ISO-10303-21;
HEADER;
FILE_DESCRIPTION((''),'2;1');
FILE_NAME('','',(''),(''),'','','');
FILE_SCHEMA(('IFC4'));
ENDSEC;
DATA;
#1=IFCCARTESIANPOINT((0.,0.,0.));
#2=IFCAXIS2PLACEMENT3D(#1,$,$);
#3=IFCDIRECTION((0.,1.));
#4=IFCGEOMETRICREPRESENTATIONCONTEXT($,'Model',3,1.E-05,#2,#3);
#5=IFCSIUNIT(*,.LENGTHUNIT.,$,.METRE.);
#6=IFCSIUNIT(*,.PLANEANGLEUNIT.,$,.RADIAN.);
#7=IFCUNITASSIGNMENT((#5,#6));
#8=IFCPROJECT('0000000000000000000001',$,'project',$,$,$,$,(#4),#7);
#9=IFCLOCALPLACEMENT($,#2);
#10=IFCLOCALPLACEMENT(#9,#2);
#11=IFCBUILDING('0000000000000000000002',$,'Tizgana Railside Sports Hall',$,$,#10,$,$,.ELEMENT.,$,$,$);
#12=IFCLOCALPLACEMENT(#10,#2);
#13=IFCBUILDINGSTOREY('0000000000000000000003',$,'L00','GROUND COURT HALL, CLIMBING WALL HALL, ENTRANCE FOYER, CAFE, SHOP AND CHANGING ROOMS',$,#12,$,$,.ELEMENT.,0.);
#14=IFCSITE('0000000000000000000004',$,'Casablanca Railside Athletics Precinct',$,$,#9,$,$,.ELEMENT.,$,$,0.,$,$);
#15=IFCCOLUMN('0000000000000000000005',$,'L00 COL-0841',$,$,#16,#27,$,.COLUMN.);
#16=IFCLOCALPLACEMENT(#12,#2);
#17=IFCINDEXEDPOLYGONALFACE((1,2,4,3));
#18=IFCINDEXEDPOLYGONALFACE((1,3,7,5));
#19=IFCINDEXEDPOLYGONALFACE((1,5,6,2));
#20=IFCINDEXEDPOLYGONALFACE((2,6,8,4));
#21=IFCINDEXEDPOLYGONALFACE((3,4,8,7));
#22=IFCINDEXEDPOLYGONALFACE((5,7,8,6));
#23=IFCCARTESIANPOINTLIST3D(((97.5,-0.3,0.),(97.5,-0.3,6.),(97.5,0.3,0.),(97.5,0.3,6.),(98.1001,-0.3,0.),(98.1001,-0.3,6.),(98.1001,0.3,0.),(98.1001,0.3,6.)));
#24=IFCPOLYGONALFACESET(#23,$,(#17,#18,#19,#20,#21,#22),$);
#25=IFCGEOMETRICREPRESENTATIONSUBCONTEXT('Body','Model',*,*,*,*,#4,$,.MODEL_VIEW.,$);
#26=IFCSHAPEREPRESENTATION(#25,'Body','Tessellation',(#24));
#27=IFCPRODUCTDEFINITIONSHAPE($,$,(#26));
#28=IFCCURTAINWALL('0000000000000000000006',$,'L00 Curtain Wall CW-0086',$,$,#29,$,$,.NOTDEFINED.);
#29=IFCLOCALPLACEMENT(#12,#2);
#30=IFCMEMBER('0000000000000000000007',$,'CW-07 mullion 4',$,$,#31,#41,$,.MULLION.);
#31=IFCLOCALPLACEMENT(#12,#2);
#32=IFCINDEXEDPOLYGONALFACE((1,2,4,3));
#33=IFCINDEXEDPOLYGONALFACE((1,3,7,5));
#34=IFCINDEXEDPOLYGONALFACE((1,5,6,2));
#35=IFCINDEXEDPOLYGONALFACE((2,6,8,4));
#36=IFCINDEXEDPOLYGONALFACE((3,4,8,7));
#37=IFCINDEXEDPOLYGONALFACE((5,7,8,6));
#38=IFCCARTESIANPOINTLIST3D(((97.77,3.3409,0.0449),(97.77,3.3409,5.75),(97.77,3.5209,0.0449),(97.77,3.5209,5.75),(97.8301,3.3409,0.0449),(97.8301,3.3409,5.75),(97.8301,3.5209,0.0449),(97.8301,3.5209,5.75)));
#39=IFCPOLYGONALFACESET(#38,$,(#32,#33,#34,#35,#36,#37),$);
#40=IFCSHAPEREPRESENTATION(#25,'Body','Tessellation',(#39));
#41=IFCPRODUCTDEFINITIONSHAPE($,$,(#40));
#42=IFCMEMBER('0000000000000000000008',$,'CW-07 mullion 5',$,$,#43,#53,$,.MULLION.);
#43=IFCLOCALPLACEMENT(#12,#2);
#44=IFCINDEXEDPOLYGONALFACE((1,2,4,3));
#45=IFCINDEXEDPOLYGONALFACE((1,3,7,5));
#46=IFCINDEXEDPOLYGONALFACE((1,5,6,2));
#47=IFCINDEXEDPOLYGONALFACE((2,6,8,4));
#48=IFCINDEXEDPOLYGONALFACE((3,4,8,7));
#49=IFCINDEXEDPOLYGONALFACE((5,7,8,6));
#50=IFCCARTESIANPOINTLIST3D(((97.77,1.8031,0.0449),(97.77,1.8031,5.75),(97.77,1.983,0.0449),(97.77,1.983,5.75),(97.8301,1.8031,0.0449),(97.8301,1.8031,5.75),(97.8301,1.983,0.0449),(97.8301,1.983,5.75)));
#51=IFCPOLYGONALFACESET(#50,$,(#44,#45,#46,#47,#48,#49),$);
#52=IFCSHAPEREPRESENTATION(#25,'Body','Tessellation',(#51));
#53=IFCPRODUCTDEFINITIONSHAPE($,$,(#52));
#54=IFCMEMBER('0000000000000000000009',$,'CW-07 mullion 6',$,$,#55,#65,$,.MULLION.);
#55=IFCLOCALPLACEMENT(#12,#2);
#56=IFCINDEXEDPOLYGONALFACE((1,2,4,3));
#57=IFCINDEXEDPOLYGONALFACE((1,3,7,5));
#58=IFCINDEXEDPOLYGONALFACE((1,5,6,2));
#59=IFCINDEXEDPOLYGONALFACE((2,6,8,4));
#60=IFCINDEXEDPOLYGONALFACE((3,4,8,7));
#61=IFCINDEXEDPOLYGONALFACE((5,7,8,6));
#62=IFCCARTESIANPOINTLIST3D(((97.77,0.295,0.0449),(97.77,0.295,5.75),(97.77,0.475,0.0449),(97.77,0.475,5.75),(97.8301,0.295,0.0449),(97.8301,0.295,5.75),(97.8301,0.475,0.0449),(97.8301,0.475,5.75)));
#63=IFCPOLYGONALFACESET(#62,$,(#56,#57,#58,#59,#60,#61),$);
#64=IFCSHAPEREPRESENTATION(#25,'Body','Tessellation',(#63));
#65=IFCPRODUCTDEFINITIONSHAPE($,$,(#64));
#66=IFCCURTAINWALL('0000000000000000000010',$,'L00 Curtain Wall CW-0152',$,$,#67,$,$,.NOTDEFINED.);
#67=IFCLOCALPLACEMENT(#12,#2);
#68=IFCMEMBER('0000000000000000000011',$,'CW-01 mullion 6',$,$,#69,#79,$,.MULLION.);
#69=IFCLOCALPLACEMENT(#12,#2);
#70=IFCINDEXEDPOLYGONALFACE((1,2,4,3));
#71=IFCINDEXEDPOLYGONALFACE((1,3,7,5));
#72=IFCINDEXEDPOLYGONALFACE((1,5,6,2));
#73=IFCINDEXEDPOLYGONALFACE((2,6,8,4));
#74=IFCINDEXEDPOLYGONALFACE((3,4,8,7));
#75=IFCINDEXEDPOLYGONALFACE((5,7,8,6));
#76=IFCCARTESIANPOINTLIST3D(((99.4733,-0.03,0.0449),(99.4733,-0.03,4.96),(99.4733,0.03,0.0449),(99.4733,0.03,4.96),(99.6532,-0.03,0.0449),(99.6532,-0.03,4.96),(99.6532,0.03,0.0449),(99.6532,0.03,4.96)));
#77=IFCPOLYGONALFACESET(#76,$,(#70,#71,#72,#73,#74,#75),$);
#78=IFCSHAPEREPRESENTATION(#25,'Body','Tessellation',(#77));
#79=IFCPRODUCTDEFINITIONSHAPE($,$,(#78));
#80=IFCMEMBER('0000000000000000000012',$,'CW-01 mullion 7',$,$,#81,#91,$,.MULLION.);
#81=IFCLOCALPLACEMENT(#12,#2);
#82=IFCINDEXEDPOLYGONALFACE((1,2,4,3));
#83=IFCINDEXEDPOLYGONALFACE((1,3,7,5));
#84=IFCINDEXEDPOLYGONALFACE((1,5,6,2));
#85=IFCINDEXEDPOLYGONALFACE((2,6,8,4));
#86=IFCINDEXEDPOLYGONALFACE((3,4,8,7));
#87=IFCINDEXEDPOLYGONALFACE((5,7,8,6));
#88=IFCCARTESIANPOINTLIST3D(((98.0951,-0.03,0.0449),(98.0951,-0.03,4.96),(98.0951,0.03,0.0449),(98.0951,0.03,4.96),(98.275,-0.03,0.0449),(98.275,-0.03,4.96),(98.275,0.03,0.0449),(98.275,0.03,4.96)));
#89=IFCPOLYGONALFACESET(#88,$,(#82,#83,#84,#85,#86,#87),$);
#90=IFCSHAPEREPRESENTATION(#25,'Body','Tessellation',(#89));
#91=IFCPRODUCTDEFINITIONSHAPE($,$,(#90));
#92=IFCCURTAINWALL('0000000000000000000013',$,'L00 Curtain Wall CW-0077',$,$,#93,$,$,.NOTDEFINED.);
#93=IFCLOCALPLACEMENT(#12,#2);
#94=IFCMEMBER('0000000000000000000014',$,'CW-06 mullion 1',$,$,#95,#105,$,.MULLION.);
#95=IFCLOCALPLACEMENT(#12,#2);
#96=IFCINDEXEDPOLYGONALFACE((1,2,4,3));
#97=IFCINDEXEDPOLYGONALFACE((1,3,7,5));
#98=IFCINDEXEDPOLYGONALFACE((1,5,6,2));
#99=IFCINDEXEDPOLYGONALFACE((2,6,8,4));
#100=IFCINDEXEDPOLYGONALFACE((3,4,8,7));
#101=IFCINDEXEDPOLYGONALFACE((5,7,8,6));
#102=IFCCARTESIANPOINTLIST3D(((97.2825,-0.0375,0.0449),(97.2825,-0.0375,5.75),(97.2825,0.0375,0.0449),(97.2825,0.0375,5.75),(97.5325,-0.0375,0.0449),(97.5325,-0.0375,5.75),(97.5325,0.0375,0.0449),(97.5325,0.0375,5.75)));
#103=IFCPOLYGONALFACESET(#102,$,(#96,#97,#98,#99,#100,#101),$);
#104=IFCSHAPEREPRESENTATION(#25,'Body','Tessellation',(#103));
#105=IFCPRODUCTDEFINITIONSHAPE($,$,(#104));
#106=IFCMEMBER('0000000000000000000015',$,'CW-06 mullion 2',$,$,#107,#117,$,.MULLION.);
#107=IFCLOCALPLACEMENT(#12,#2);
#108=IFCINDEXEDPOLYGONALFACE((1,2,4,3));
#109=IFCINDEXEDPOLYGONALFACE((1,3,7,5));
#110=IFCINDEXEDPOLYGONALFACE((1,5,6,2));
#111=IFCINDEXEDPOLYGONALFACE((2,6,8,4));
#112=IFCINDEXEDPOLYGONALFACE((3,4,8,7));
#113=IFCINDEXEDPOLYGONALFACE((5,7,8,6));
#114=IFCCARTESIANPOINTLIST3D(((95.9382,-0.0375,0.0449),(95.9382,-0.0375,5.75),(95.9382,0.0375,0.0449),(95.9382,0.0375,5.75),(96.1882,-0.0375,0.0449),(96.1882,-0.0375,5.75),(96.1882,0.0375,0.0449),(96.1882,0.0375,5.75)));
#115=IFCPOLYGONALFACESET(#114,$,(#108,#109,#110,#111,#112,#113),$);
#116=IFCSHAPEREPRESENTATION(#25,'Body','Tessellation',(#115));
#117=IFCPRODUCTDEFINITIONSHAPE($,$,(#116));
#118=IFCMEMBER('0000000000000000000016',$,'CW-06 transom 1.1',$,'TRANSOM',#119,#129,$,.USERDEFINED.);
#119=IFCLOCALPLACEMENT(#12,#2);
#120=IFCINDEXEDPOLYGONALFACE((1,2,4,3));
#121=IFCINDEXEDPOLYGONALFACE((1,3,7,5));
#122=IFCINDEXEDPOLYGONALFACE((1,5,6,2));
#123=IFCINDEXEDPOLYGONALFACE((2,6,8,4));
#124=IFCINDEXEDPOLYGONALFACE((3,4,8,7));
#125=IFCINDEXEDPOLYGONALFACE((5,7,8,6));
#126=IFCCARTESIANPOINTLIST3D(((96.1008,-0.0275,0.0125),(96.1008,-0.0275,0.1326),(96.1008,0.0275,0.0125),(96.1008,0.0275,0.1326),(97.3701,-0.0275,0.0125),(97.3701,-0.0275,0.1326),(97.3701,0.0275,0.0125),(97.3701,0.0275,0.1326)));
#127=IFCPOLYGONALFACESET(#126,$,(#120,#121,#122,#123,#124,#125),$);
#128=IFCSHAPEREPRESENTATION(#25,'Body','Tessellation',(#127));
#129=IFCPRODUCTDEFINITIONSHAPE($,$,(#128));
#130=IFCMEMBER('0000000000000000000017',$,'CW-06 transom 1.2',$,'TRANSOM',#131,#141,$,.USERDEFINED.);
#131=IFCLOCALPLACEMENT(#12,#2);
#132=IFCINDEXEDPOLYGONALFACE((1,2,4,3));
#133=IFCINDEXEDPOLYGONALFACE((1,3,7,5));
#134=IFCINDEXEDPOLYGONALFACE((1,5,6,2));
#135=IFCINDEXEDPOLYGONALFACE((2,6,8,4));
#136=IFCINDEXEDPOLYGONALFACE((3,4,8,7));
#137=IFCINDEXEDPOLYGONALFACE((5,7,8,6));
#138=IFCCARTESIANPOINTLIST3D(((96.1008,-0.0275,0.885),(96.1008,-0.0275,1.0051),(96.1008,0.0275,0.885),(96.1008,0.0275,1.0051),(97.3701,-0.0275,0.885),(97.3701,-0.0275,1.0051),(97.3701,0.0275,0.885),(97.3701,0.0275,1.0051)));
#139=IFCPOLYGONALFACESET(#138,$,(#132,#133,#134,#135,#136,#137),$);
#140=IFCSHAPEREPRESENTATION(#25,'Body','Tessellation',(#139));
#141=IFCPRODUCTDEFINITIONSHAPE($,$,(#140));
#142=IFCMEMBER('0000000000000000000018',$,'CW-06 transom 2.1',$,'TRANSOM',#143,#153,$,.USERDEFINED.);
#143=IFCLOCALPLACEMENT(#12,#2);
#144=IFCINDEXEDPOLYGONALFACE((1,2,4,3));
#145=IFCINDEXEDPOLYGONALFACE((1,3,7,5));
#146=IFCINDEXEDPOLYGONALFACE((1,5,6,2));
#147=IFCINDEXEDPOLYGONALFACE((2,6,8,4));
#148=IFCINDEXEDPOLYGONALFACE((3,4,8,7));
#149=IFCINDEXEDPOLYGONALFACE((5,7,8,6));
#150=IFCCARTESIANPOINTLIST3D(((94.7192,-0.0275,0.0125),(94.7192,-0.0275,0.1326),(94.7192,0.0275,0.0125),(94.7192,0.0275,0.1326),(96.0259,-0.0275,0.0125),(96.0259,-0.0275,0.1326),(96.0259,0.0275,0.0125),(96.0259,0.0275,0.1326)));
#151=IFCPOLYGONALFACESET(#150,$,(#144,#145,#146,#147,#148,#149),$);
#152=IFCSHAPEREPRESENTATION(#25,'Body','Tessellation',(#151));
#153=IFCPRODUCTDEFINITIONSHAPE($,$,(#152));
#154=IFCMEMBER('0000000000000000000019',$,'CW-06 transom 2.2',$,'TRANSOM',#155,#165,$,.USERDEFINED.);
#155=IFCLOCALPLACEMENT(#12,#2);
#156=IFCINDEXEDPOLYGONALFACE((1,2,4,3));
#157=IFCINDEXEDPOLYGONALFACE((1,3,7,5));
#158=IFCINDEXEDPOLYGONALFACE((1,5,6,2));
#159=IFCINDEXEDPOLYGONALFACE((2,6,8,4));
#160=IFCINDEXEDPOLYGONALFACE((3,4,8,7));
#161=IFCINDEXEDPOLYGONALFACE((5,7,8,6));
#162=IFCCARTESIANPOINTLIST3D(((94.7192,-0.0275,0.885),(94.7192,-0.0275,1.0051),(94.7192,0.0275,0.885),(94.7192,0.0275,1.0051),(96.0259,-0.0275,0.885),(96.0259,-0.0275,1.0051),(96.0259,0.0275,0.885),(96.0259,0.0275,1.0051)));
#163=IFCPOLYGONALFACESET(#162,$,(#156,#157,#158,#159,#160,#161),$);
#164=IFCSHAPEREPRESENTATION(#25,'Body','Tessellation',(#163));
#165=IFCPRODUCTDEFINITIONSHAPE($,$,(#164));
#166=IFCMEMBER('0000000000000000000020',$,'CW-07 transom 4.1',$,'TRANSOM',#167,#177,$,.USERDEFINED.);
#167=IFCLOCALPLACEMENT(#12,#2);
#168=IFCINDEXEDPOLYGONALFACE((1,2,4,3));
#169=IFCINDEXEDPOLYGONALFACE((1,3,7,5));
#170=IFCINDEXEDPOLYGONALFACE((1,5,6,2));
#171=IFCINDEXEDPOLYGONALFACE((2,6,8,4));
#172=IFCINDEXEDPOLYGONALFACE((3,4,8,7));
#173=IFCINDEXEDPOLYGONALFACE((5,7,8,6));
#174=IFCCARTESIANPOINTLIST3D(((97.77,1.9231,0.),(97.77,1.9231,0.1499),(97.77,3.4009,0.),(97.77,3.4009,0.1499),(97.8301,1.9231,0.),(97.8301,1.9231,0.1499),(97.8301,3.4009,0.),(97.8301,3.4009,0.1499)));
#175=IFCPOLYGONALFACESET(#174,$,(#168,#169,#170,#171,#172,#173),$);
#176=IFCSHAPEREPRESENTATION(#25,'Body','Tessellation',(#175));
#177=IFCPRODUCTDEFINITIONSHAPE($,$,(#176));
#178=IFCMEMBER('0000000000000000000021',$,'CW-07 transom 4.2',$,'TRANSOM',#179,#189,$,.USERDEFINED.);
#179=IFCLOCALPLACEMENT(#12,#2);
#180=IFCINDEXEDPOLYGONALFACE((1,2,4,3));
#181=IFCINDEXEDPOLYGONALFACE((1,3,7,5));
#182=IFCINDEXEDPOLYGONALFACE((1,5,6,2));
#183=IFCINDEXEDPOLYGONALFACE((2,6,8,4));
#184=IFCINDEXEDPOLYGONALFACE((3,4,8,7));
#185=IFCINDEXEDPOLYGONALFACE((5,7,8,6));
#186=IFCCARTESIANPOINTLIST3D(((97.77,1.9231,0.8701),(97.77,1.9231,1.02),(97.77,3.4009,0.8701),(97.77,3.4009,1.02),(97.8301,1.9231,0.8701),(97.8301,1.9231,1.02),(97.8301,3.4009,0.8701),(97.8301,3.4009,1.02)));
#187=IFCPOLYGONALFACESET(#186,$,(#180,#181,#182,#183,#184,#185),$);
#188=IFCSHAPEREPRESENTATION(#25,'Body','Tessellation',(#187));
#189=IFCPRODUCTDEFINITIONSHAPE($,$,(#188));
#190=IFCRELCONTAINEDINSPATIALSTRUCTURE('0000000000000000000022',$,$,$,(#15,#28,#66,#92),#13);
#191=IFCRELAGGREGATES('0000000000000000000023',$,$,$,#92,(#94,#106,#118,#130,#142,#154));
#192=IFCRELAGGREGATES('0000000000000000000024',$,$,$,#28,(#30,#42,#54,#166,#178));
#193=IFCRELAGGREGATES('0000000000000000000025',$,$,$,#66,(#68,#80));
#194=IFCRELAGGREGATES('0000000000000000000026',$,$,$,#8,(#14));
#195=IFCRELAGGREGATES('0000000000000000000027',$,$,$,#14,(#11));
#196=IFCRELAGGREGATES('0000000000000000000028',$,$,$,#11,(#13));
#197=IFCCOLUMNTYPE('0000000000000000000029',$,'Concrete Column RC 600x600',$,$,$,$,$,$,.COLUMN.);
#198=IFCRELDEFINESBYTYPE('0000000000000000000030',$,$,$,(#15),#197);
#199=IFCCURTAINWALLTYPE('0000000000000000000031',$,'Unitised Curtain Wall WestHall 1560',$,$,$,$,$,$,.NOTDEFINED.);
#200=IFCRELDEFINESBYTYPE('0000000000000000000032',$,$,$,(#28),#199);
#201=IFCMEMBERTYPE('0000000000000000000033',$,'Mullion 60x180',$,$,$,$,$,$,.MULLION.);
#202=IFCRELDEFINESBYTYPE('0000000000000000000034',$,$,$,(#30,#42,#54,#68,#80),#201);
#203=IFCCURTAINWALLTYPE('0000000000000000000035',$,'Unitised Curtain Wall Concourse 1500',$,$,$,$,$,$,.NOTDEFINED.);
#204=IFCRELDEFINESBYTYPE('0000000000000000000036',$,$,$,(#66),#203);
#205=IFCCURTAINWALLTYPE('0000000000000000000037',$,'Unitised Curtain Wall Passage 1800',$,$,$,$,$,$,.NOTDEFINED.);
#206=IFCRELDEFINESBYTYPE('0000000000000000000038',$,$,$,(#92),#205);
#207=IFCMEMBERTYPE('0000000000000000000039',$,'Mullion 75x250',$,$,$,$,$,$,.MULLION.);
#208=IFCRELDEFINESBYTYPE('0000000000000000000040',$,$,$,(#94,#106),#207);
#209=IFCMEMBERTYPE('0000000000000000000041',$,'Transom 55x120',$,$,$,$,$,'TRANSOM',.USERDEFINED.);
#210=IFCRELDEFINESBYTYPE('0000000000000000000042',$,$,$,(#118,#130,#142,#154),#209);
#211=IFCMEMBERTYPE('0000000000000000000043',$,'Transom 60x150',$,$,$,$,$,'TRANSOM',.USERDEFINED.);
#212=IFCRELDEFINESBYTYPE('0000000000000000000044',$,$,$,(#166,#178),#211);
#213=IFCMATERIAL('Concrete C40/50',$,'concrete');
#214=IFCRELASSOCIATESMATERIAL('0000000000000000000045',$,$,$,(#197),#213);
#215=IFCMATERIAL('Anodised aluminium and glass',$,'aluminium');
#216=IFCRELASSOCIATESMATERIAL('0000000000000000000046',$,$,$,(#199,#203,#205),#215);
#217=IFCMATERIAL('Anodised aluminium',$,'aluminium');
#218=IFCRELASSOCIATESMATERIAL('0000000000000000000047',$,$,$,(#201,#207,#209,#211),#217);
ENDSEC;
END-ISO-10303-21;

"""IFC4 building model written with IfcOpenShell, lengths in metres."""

from ifc_helpers import new_model, si_unit, direction, frame, origin, origin_2d, place, context, subcontext, project, spatial, rectangle, extrude, material, material_profile, profile_set, type_object, element, aggregate, save


model = new_model("IFC4")

# Units and contexts
model_context = context("Model", 3, precision=1e-05, world=origin(), true_north=direction((0.0, 1.0)))
body_context = subcontext(model_context, "Body", "Model", "MODEL_VIEW")
ifc_project = project(units=[si_unit("LENGTHUNIT", "METRE"), si_unit("PLANEANGLEUNIT", "RADIAN")], contexts=[model_context])

# Site, building, storey
site_placement = place(None, origin())
site = spatial("IfcSite", under=ifc_project, at=site_placement, Name="Casablanca Railside Athletics Precinct", CompositionType="ELEMENT", RefElevation=0.0)
building_placement = place(site_placement, origin())
building = spatial("IfcBuilding", under=site, at=building_placement, Name="Tizgana Railside Sports Hall", CompositionType="ELEMENT")
storey_placement = place(building_placement, origin())
storey = spatial("IfcBuildingStorey", under=building, at=storey_placement, Name="L00", Description="GROUND COURT HALL, CLIMBING WALL HALL, ENTRANCE FOYER, CAFE, SHOP AND CHANGING ROOMS", CompositionType="ELEMENT", Elevation=0.0)

# Column
ifc_material_1 = material(Name="Concrete C40/50", Category="concrete")
ifc_material_profile_1 = material_profile(ifc_material_1, rectangle(XDim=0.6001, YDim=0.6001, at=origin_2d()), Name="RC 600x600")
ifc_profile_set_1 = profile_set([ifc_material_profile_1], Name="Concrete C40/50")
column_type = type_object("IfcColumnType", Name="Concrete Column RC 600x600", PredefinedType="COLUMN", material=ifc_profile_set_1)
column_placement = place(storey_placement, frame((97.8, 0.0, 0.0), z_axis=(0.0, 0.0, 1.0), x_axis=(1.0, 0.0, 0.0)))
element("IfcColumn", 1, at=column_placement, inside=storey, type_object=column_type, Name="L00 COL-0841", PredefinedType="COLUMN", context=body_context, shape_type="SweptSolid", body=[
    extrude(rectangle(XDim=0.6001, YDim=0.6001, at=origin_2d()), origin(), (0.0, 0.0, 1.0), 6.0),
])

# Curtain walls, members
ifc_material_2 = material(Name="Anodised aluminium and glass", Category="aluminium")
curtain_wall_type_1 = type_object("IfcCurtainWallType", Name="Unitised Curtain Wall WestHall 1560", PredefinedType="NOTDEFINED", material=ifc_material_2)
curtain_wall_1_placement = place(storey_placement, origin())
curtain_wall_1 = element("IfcCurtainWall", 2, at=curtain_wall_1_placement, inside=storey, type_object=curtain_wall_type_1, Name="L00 Curtain Wall CW-0086", PredefinedType="NOTDEFINED")
ifc_material_3 = material(Name="Anodised aluminium", Category="aluminium")
ifc_material_profile_2 = material_profile(ifc_material_3, rectangle(XDim=0.0601, YDim=0.1799, at=origin_2d()), Name="Mullion 60x180")
ifc_profile_set_2 = profile_set([ifc_material_profile_2], Name="Anodised aluminium")
member_type_1 = type_object("IfcMemberType", Name="Mullion 60x180", PredefinedType="MULLION", material=ifc_profile_set_2)
member_1_placement = place(storey_placement, frame((97.8, 3.4309, 0.0449), z_axis=(0.0, 0.0, 1.0), x_axis=(1.0, 0.0, 0.0)))
member_1 = element("IfcMember", 3, at=member_1_placement, type_object=member_type_1, Name="CW-07 mullion 4", PredefinedType="MULLION", context=body_context, shape_type="SweptSolid", body=[
    extrude(rectangle(XDim=0.0601, YDim=0.1799, at=origin_2d()), origin(), (0.0, 0.0, 1.0), 5.7051),
])
member_2_placement = place(storey_placement, frame((97.8, 1.8931, 0.0449), z_axis=(0.0, 0.0, 1.0), x_axis=(1.0, 0.0, 0.0)))
member_2 = element("IfcMember", 4, at=member_2_placement, type_object=member_type_1, Name="CW-07 mullion 5", PredefinedType="MULLION", context=body_context, shape_type="SweptSolid", body=[
    extrude(rectangle(XDim=0.0601, YDim=0.1799, at=origin_2d()), origin(), (0.0, 0.0, 1.0), 5.7051),
])
member_3_placement = place(storey_placement, frame((97.8, 0.385, 0.0449), z_axis=(0.0, 0.0, 1.0), x_axis=(1.0, 0.0, 0.0)))
member_3 = element("IfcMember", 5, at=member_3_placement, type_object=member_type_1, Name="CW-07 mullion 6", PredefinedType="MULLION", context=body_context, shape_type="SweptSolid", body=[
    extrude(rectangle(XDim=0.0601, YDim=0.1799, at=origin_2d()), origin(), (0.0, 0.0, 1.0), 5.7051),
])
curtain_wall_type_2 = type_object("IfcCurtainWallType", Name="Unitised Curtain Wall Concourse 1500", PredefinedType="NOTDEFINED", material=ifc_material_2)
curtain_wall_2_placement = place(storey_placement, origin())
curtain_wall_2 = element("IfcCurtainWall", 6, at=curtain_wall_2_placement, inside=storey, type_object=curtain_wall_type_2, Name="L00 Curtain Wall CW-0152", PredefinedType="NOTDEFINED")
member_4_placement = place(storey_placement, frame((99.5632, 0.0, 0.0449), z_axis=(0.0, 0.0, 1.0), x_axis=(0.0, -1.0, 0.0)))
member_4 = element("IfcMember", 7, at=member_4_placement, type_object=member_type_1, Name="CW-01 mullion 6", PredefinedType="MULLION", context=body_context, shape_type="SweptSolid", body=[
    extrude(rectangle(XDim=0.0601, YDim=0.1799, at=origin_2d()), origin(), (0.0, 0.0, 1.0), 4.915),
])
member_5_placement = place(storey_placement, frame((98.1851, 0.0, 0.0449), z_axis=(0.0, 0.0, 1.0), x_axis=(0.0, -1.0, 0.0)))
member_5 = element("IfcMember", 8, at=member_5_placement, type_object=member_type_1, Name="CW-01 mullion 7", PredefinedType="MULLION", context=body_context, shape_type="SweptSolid", body=[
    extrude(rectangle(XDim=0.0601, YDim=0.1799, at=origin_2d()), origin(), (0.0, 0.0, 1.0), 4.915),
])
curtain_wall_type_3 = type_object("IfcCurtainWallType", Name="Unitised Curtain Wall Passage 1800", PredefinedType="NOTDEFINED", material=ifc_material_2)
curtain_wall_3_placement = place(storey_placement, origin())
curtain_wall_3 = element("IfcCurtainWall", 9, at=curtain_wall_3_placement, inside=storey, type_object=curtain_wall_type_3, Name="L00 Curtain Wall CW-0077", PredefinedType="NOTDEFINED")
ifc_material_profile_3 = material_profile(ifc_material_3, rectangle(XDim=0.075, YDim=0.25, at=origin_2d()), Name="Mullion 75x250")
ifc_profile_set_3 = profile_set([ifc_material_profile_3], Name="Anodised aluminium")
member_type_2 = type_object("IfcMemberType", Name="Mullion 75x250", PredefinedType="MULLION", material=ifc_profile_set_3)
member_6_placement = place(storey_placement, frame((97.4075, 0.0, 0.0449), z_axis=(0.0, 0.0, 1.0), x_axis=(0.0, -1.0, 0.0)))
member_6 = element("IfcMember", 10, at=member_6_placement, type_object=member_type_2, Name="CW-06 mullion 1", PredefinedType="MULLION", context=body_context, shape_type="SweptSolid", body=[
    extrude(rectangle(XDim=0.075, YDim=0.25, at=origin_2d()), origin(), (0.0, 0.0, 1.0), 5.7051),
])
member_7_placement = place(storey_placement, frame((96.0632, 0.0, 0.0449), z_axis=(0.0, 0.0, 1.0), x_axis=(0.0, -1.0, 0.0)))
member_7 = element("IfcMember", 11, at=member_7_placement, type_object=member_type_2, Name="CW-06 mullion 2", PredefinedType="MULLION", context=body_context, shape_type="SweptSolid", body=[
    extrude(rectangle(XDim=0.075, YDim=0.25, at=origin_2d()), origin(), (0.0, 0.0, 1.0), 5.7051),
])
ifc_material_profile_4 = material_profile(ifc_material_3, rectangle(XDim=0.0549, YDim=0.1201, at=origin_2d()), Name="Transom 55x120")
ifc_profile_set_4 = profile_set([ifc_material_profile_4], Name="Anodised aluminium")
member_type_3 = type_object("IfcMemberType", Name="Transom 55x120", ElementType="TRANSOM", PredefinedType="USERDEFINED", material=ifc_profile_set_4)
member_8_placement = place(storey_placement, frame((97.3701, 0.0, 0.0725), z_axis=(-1.0, 0.0, 0.0), x_axis=(0.0, -1.0, 0.0)))
member_8 = element("IfcMember", 12, at=member_8_placement, type_object=member_type_3, Name="CW-06 transom 1.1", ObjectType="TRANSOM", PredefinedType="USERDEFINED", context=body_context, shape_type="SweptSolid", body=[
    extrude(rectangle(XDim=0.0549, YDim=0.1201, at=origin_2d()), origin(), (0.0, 0.0, 1.0), 1.2693),
])
member_9_placement = place(storey_placement, frame((97.3701, 0.0, 0.9451), z_axis=(-1.0, 0.0, 0.0), x_axis=(0.0, -1.0, 0.0)))
member_9 = element("IfcMember", 13, at=member_9_placement, type_object=member_type_3, Name="CW-06 transom 1.2", ObjectType="TRANSOM", PredefinedType="USERDEFINED", context=body_context, shape_type="SweptSolid", body=[
    extrude(rectangle(XDim=0.0549, YDim=0.1201, at=origin_2d()), origin(), (0.0, 0.0, 1.0), 1.2693),
])
member_10_placement = place(storey_placement, frame((96.0259, 0.0, 0.0725), z_axis=(-1.0, 0.0, 0.0), x_axis=(0.0, -1.0, 0.0)))
member_10 = element("IfcMember", 14, at=member_10_placement, type_object=member_type_3, Name="CW-06 transom 2.1", ObjectType="TRANSOM", PredefinedType="USERDEFINED", context=body_context, shape_type="SweptSolid", body=[
    extrude(rectangle(XDim=0.0549, YDim=0.1201, at=origin_2d()), origin(), (0.0, 0.0, 1.0), 1.3066),
])
member_11_placement = place(storey_placement, frame((96.0259, 0.0, 0.9451), z_axis=(-1.0, 0.0, 0.0), x_axis=(0.0, -1.0, 0.0)))
member_11 = element("IfcMember", 15, at=member_11_placement, type_object=member_type_3, Name="CW-06 transom 2.2", ObjectType="TRANSOM", PredefinedType="USERDEFINED", context=body_context, shape_type="SweptSolid", body=[
    extrude(rectangle(XDim=0.0549, YDim=0.1201, at=origin_2d()), origin(), (0.0, 0.0, 1.0), 1.3066),
])

# Members
ifc_material_profile_5 = material_profile(ifc_material_3, rectangle(XDim=0.0601, YDim=0.1499, at=origin_2d()), Name="Transom 60x150")
ifc_profile_set_5 = profile_set([ifc_material_profile_5], Name="Anodised aluminium")
member_type_4 = type_object("IfcMemberType", Name="Transom 60x150", ElementType="TRANSOM", PredefinedType="USERDEFINED", material=ifc_profile_set_5)
member_12_placement = place(storey_placement, frame((97.8, 3.4009, 0.075), z_axis=(0.0, -1.0, 0.0), x_axis=(1.0, 0.0, 0.0)))
member_12 = element("IfcMember", 16, at=member_12_placement, type_object=member_type_4, Name="CW-07 transom 4.1", ObjectType="TRANSOM", PredefinedType="USERDEFINED", context=body_context, shape_type="SweptSolid", body=[
    extrude(rectangle(XDim=0.0601, YDim=0.1499, at=origin_2d()), origin(), (0.0, 0.0, 1.0), 1.4778),
])
member_13_placement = place(storey_placement, frame((97.8, 3.4009, 0.9451), z_axis=(0.0, -1.0, 0.0), x_axis=(1.0, 0.0, 0.0)))
member_13 = element("IfcMember", 17, at=member_13_placement, type_object=member_type_4, Name="CW-07 transom 4.2", ObjectType="TRANSOM", PredefinedType="USERDEFINED", context=body_context, shape_type="SweptSolid", body=[
    extrude(rectangle(XDim=0.0601, YDim=0.1499, at=origin_2d()), origin(), (0.0, 0.0, 1.0), 1.4778),
])

aggregate(curtain_wall_3, [member_6, member_7, member_8, member_9, member_10, member_11])
aggregate(curtain_wall_1, [member_1, member_2, member_3, member_12, member_13])
aggregate(curtain_wall_2, [member_4, member_5])

save(model, "model.ifc")
